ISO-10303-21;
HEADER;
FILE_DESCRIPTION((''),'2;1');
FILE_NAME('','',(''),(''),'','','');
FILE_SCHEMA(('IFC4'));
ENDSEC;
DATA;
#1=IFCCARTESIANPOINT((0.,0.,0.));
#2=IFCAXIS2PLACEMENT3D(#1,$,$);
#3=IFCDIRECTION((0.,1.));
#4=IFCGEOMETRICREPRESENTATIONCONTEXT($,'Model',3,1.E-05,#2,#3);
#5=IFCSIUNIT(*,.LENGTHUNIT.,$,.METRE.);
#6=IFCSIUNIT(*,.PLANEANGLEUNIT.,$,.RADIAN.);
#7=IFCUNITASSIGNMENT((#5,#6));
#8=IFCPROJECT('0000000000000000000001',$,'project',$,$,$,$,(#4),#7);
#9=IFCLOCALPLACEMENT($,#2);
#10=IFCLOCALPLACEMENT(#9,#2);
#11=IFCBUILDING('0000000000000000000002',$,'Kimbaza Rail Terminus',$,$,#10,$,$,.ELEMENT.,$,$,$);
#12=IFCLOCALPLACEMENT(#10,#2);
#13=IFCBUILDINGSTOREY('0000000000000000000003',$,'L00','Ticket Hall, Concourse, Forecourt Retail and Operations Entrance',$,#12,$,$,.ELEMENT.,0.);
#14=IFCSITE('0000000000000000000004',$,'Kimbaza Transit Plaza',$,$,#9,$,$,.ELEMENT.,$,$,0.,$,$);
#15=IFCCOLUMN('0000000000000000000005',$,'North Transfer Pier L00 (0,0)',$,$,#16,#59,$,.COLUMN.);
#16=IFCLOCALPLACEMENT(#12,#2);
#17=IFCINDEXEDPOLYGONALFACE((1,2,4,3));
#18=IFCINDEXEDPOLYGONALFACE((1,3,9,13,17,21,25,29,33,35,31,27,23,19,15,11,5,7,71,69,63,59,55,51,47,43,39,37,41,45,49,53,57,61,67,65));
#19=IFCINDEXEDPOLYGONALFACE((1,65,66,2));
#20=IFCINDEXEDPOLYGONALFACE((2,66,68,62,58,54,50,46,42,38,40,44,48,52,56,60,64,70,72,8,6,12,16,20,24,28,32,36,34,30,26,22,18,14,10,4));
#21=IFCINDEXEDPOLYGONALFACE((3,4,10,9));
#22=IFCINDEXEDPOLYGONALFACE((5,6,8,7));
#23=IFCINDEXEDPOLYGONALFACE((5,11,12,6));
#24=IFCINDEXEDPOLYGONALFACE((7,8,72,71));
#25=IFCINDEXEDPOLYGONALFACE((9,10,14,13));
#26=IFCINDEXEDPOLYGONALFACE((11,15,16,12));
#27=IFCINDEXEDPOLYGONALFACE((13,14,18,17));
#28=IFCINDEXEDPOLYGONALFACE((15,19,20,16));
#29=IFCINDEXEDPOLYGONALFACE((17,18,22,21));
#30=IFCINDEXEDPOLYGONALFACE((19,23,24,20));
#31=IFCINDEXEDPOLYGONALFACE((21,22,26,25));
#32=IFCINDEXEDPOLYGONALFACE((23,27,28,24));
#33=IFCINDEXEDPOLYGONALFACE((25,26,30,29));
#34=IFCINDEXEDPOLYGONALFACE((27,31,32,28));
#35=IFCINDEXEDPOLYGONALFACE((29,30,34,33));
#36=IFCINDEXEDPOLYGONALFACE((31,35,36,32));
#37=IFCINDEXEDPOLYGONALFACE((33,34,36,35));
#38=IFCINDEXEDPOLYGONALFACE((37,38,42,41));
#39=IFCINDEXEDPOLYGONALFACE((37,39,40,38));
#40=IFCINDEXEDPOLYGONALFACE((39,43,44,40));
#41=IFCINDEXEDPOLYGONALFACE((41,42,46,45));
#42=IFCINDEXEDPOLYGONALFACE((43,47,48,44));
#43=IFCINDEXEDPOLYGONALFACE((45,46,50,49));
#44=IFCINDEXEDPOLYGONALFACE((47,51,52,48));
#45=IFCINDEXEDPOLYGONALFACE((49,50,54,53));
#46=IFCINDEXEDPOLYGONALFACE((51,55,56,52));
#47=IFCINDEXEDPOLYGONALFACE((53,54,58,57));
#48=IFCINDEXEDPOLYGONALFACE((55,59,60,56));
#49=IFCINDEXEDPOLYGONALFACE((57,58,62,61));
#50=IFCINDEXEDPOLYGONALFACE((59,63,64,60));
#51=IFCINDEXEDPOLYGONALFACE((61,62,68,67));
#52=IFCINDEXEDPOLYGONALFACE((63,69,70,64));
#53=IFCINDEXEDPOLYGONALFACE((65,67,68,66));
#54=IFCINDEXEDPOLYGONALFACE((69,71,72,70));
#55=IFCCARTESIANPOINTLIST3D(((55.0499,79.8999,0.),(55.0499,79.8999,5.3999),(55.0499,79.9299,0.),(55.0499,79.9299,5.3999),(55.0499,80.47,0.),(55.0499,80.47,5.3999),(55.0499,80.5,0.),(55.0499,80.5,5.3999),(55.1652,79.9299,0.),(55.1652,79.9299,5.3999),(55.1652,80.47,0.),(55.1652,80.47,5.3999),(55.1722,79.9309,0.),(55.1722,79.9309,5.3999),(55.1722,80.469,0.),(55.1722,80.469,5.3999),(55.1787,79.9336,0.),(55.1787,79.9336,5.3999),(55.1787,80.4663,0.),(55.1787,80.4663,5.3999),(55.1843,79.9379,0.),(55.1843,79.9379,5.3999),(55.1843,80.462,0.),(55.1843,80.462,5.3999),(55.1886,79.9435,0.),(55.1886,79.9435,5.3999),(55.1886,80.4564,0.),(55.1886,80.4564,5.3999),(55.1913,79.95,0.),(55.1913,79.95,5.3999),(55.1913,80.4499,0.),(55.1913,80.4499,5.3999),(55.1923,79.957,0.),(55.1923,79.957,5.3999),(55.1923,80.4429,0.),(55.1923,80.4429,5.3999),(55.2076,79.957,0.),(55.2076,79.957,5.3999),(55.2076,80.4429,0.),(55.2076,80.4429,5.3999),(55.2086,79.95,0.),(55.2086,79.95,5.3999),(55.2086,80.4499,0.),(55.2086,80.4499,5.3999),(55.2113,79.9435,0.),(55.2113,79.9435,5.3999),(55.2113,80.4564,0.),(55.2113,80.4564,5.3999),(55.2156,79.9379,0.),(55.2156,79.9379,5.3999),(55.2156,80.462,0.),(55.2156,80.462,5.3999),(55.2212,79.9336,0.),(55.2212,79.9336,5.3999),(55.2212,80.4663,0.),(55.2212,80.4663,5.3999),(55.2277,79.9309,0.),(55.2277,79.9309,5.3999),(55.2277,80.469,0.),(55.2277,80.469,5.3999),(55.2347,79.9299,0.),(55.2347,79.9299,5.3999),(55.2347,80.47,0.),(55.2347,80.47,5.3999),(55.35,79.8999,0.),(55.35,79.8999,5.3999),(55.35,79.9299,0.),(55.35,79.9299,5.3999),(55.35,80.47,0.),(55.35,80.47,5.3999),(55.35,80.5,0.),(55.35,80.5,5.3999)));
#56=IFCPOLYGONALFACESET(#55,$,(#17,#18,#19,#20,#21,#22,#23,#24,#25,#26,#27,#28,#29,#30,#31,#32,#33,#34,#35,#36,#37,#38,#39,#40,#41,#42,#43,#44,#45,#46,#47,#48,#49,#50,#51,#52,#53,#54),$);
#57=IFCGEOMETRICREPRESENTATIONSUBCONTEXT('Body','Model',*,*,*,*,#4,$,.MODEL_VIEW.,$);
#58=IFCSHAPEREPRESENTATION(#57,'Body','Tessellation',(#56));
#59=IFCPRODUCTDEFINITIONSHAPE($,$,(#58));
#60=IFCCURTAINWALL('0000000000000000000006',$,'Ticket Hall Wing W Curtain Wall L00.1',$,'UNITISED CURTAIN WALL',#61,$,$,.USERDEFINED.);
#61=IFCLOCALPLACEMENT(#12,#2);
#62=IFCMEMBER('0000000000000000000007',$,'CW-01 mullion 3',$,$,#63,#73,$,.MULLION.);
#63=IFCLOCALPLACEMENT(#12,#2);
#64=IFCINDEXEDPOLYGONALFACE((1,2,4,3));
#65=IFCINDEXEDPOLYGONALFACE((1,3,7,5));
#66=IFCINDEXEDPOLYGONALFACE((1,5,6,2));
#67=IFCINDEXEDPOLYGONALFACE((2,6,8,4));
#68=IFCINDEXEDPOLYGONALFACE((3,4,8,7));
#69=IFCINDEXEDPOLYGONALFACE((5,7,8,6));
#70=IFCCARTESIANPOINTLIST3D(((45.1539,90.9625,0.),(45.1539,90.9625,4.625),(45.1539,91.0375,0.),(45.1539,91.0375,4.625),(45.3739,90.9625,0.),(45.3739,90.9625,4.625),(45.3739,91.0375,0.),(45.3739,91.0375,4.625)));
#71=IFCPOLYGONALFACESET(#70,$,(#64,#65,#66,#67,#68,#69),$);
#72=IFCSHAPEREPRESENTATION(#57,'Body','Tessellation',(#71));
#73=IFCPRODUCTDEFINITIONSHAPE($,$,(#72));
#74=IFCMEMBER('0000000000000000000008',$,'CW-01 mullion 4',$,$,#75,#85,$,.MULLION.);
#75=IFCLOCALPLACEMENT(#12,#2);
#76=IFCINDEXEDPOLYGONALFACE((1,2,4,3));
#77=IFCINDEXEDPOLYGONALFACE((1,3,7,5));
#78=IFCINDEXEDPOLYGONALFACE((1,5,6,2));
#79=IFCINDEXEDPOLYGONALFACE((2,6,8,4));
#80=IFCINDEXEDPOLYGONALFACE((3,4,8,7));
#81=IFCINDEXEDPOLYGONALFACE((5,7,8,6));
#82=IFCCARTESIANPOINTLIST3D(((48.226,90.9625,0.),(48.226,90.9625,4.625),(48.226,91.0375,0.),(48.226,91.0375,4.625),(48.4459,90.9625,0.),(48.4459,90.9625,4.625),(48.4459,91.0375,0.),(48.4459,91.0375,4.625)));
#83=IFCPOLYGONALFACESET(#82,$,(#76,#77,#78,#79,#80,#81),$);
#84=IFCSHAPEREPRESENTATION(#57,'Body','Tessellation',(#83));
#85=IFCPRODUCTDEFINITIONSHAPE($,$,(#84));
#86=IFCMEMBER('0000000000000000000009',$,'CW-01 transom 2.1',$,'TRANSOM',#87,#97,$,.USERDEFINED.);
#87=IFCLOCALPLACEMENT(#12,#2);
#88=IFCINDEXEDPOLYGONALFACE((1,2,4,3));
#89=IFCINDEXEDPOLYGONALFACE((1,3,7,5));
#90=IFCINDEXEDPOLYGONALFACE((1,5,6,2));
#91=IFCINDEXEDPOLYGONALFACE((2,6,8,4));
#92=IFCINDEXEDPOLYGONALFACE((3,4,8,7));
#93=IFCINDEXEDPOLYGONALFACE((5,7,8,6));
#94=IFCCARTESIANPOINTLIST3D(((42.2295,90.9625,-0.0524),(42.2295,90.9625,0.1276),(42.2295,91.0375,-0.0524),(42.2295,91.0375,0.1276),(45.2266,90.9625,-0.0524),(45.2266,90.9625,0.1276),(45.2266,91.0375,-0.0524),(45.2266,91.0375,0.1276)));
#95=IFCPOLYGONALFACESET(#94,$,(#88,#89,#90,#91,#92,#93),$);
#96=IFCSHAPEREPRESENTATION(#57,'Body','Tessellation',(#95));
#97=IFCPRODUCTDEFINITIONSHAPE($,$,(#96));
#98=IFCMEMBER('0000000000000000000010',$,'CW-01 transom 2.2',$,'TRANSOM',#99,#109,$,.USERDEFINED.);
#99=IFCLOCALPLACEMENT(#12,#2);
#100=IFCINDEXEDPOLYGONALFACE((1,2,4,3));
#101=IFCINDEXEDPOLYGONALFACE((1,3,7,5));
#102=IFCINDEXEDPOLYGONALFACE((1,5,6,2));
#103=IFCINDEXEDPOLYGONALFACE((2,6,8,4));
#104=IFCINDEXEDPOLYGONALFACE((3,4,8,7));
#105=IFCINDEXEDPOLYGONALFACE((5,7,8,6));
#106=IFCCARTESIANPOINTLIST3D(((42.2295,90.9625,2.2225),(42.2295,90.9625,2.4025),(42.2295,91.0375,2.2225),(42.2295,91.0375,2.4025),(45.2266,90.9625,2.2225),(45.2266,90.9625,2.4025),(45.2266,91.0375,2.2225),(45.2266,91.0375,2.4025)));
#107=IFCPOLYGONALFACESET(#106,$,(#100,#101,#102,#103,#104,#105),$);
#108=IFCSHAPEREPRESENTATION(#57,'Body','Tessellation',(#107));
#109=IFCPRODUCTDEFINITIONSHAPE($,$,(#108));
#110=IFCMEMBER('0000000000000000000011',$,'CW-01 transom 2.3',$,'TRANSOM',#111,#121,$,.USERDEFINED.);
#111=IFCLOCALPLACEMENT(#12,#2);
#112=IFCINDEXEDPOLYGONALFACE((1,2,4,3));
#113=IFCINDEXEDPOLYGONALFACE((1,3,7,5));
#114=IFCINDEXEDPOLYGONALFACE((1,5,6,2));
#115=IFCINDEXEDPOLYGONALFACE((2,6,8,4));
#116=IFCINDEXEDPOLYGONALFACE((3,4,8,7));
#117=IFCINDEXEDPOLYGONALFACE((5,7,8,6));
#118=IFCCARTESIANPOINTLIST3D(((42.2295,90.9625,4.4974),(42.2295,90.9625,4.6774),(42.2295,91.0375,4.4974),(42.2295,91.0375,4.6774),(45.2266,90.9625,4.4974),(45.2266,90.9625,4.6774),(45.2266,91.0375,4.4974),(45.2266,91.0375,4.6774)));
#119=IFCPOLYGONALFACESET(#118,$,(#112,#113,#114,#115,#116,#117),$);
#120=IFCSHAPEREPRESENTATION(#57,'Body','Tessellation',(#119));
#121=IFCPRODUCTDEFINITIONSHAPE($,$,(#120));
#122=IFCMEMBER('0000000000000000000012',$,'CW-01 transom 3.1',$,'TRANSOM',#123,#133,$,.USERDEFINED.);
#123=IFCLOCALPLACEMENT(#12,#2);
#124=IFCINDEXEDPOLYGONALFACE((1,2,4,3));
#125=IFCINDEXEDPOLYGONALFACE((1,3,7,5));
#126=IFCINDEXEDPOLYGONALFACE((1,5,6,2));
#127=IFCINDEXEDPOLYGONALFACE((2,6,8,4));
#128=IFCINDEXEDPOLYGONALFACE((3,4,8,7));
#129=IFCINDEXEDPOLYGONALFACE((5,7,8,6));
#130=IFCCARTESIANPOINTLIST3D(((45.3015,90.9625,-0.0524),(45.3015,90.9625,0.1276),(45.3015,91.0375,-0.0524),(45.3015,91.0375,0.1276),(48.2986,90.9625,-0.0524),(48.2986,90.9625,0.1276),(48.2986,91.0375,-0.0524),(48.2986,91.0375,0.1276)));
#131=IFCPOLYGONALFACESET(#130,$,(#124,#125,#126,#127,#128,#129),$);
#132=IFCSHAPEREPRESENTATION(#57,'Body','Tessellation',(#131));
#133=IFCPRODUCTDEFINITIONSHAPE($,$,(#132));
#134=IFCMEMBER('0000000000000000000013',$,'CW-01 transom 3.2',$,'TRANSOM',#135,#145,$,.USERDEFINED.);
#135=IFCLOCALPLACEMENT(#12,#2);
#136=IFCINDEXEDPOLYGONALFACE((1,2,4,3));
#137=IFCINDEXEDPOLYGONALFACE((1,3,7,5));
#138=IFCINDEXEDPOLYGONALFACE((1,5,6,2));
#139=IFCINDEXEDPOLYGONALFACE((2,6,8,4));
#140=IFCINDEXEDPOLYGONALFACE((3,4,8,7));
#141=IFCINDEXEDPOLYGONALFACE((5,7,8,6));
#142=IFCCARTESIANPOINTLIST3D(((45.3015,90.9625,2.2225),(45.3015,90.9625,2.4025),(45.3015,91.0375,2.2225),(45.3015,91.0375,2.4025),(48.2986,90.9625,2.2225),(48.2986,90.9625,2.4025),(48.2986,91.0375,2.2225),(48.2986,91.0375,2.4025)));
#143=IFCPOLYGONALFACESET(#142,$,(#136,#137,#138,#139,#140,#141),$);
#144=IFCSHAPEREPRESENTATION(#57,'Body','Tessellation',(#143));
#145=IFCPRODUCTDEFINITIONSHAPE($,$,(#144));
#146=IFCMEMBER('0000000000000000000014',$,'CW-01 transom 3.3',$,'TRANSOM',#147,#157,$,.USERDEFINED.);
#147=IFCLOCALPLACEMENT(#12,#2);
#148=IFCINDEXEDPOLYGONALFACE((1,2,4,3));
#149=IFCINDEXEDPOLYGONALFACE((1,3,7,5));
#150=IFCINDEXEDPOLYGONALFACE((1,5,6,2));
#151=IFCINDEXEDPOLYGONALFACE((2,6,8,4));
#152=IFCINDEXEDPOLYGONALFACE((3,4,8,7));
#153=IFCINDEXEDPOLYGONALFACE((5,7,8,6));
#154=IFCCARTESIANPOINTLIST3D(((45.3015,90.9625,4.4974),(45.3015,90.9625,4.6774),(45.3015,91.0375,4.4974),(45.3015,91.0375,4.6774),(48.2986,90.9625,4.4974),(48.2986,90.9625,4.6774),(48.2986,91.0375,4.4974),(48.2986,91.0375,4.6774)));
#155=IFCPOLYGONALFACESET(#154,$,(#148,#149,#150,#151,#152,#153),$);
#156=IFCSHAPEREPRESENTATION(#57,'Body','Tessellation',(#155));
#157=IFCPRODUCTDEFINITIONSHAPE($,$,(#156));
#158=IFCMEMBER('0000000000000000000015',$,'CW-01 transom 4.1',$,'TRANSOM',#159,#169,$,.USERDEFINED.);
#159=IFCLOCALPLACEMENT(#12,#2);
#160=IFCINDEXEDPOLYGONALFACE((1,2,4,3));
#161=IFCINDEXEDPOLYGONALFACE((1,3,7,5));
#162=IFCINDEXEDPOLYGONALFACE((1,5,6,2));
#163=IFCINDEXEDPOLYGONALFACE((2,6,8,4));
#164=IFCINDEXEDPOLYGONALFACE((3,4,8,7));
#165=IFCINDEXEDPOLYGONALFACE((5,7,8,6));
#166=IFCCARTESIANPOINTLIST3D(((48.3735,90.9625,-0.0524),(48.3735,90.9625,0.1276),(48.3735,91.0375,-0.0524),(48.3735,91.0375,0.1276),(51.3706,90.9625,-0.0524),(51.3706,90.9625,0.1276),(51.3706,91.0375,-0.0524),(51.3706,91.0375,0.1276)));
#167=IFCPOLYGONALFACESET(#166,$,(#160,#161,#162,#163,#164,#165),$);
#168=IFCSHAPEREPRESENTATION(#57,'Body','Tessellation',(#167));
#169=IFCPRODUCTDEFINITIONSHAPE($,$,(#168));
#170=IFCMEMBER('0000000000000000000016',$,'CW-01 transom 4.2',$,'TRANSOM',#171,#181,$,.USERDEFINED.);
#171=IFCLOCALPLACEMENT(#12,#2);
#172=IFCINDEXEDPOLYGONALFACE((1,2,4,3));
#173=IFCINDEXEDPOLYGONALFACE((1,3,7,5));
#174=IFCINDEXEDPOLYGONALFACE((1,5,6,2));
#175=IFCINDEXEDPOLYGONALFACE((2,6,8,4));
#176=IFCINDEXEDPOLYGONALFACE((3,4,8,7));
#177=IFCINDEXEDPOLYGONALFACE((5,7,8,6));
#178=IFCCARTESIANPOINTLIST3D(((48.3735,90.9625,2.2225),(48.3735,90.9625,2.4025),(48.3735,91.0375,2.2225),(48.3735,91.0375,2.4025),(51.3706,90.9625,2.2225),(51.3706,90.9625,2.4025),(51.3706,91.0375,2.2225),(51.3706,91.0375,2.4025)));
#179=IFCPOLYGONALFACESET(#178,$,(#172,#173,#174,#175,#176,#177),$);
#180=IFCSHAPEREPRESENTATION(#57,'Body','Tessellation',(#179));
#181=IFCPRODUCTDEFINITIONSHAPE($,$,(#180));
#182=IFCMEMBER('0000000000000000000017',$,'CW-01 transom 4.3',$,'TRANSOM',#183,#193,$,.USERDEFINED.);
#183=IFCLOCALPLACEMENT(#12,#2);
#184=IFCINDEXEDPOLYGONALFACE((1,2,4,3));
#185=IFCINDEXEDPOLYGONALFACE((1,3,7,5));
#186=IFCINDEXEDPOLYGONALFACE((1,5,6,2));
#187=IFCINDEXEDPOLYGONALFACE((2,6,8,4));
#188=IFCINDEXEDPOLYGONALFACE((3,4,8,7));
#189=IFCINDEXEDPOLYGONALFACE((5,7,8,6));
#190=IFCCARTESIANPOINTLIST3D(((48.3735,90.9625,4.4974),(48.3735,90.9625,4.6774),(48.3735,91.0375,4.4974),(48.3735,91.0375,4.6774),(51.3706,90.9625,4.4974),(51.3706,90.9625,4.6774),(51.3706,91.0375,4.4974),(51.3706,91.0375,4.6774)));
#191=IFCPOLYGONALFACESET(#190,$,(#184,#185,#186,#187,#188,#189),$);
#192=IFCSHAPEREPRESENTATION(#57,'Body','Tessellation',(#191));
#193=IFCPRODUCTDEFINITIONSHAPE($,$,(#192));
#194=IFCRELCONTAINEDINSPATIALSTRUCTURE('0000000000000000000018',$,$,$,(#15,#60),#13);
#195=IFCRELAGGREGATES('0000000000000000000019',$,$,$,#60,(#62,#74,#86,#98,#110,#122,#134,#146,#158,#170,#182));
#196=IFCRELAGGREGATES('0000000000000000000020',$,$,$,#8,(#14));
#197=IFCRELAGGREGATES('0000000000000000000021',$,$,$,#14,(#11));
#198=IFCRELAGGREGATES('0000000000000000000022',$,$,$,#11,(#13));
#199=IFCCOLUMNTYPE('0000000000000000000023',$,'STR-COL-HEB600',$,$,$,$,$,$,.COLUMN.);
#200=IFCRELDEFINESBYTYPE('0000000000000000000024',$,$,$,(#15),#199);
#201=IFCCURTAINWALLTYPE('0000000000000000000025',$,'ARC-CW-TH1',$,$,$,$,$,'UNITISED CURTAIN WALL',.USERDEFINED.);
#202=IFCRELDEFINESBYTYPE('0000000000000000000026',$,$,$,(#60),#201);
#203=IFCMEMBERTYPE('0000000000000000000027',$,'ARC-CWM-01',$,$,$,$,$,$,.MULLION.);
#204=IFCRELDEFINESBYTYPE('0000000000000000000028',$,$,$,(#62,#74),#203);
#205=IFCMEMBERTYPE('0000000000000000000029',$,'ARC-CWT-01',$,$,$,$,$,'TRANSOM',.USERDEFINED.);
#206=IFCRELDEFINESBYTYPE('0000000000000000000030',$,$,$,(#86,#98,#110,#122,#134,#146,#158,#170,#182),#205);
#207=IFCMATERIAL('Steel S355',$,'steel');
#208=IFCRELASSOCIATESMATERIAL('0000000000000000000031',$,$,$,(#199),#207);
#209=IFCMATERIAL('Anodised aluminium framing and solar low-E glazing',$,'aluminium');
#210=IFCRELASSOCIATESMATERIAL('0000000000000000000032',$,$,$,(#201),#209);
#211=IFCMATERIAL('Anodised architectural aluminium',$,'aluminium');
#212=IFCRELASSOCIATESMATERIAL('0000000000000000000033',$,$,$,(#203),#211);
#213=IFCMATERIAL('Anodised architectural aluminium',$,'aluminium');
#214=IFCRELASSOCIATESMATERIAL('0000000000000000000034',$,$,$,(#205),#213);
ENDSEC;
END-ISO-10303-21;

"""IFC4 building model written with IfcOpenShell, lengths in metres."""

from ifc_helpers import new_model, si_unit, direction, frame, origin, origin_2d, place, context, subcontext, project, spatial, rectangle, i_section, extrude, material, material_profile, profile_set, type_object, element, aggregate, save


model = new_model("IFC4")

# Units and contexts
model_context = context("Model", 3, precision=1e-05, world=origin(), true_north=direction((0.0, 1.0)))
body_context = subcontext(model_context, "Body", "Model", "MODEL_VIEW")
ifc_project = project(units=[si_unit("LENGTHUNIT", "METRE"), si_unit("PLANEANGLEUNIT", "RADIAN")], contexts=[model_context])

# Site, building, storey
site_placement = place(None, origin())
site = spatial("IfcSite", under=ifc_project, at=site_placement, Name="Kimbaza Transit Plaza", CompositionType="ELEMENT", RefElevation=0.0)
building_placement = place(site_placement, origin())
building = spatial("IfcBuilding", under=site, at=building_placement, Name="Kimbaza Rail Terminus", CompositionType="ELEMENT")
storey_placement = place(building_placement, origin())
storey = spatial("IfcBuildingStorey", under=building, at=storey_placement, Name="L00", Description="Ticket Hall, Concourse, Forecourt Retail and Operations Entrance", CompositionType="ELEMENT", Elevation=0.0)

# Column
ifc_material_1 = material(Name="Steel S355", Category="steel")
ifc_material_profile_1 = material_profile(ifc_material_1, i_section(OverallWidth=0.3, OverallDepth=0.6001, WebThickness=0.0154, FlangeThickness=0.03, FilletRadius=0.0271, at=origin_2d()), Name="HEB 600")
ifc_profile_set_1 = profile_set([ifc_material_profile_1], Name="Steel S355")
column_type = type_object("IfcColumnType", Name="STR-COL-HEB600", PredefinedType="COLUMN", material=ifc_profile_set_1)
column_placement = place(storey_placement, frame((55.2, 80.2, 0.0), z_axis=(0.0, 0.0, 1.0), x_axis=(1.0, 0.0, 0.0)))
element("IfcColumn", 1, at=column_placement, inside=storey, type_object=column_type, Name="North Transfer Pier L00 (0,0)", PredefinedType="COLUMN", context=body_context, shape_type="SweptSolid", body=[
    extrude(i_section(OverallWidth=0.3, OverallDepth=0.6001, WebThickness=0.0154, FlangeThickness=0.03, FilletRadius=0.0271, at=origin_2d()), origin(), (0.0, 0.0, 1.0), 5.3999),
])

# Curtain wall, members
ifc_material_2 = material(Name="Anodised aluminium framing and solar low-E glazing", Category="aluminium")
curtain_wall_type = type_object("IfcCurtainWallType", Name="ARC-CW-TH1", ElementType="UNITISED CURTAIN WALL", PredefinedType="USERDEFINED", material=ifc_material_2)
curtain_wall_placement = place(storey_placement, origin())
curtain_wall = element("IfcCurtainWall", 2, at=curtain_wall_placement, inside=storey, type_object=curtain_wall_type, Name="Ticket Hall Wing W Curtain Wall L00.1", ObjectType="UNITISED CURTAIN WALL", PredefinedType="USERDEFINED")
ifc_material_3 = material(Name="Anodised architectural aluminium", Category="aluminium")
ifc_material_profile_2 = material_profile(ifc_material_3, rectangle(XDim=0.075, YDim=0.22, at=origin_2d()), Name="MULLION 75x220")
ifc_profile_set_2 = profile_set([ifc_material_profile_2], Name="Anodised architectural aluminium")
member_type_1 = type_object("IfcMemberType", Name="ARC-CWM-01", PredefinedType="MULLION", material=ifc_profile_set_2)
member_1_placement = place(storey_placement, frame((45.2639, 91.0, 0.0), z_axis=(0.0, 0.0, 1.0), x_axis=(0.0, 1.0, 0.0)))
member_1 = element("IfcMember", 3, at=member_1_placement, type_object=member_type_1, Name="CW-01 mullion 3", PredefinedType="MULLION", context=body_context, shape_type="SweptSolid", body=[
    extrude(rectangle(XDim=0.075, YDim=0.22, at=origin_2d()), origin(), (0.0, 0.0, 1.0), 4.625),
])
member_2_placement = place(storey_placement, frame((48.3359, 91.0, 0.0), z_axis=(0.0, 0.0, 1.0), x_axis=(0.0, 1.0, 0.0)))
member_2 = element("IfcMember", 4, at=member_2_placement, type_object=member_type_1, Name="CW-01 mullion 4", PredefinedType="MULLION", context=body_context, shape_type="SweptSolid", body=[
    extrude(rectangle(XDim=0.075, YDim=0.22, at=origin_2d()), origin(), (0.0, 0.0, 1.0), 4.625),
])
ifc_material_4 = material(Name="Anodised architectural aluminium", Category="aluminium")
ifc_material_profile_3 = material_profile(ifc_material_4, rectangle(XDim=0.075, YDim=0.1799, at=origin_2d()), Name="TRANSOM 75x180")
ifc_profile_set_3 = profile_set([ifc_material_profile_3], Name="Anodised architectural aluminium")
member_type_2 = type_object("IfcMemberType", Name="ARC-CWT-01", ElementType="TRANSOM", PredefinedType="USERDEFINED", material=ifc_profile_set_3)
member_3_placement = place(storey_placement, frame((42.2295, 91.0, 0.0376), z_axis=(1.0, 0.0, 0.0), x_axis=(0.0, 1.0, 0.0)))
member_3 = element("IfcMember", 5, at=member_3_placement, type_object=member_type_2, Name="CW-01 transom 2.1", ObjectType="TRANSOM", PredefinedType="USERDEFINED", context=body_context, shape_type="SweptSolid", body=[
    extrude(rectangle(XDim=0.075, YDim=0.1799, at=origin_2d()), origin(), (0.0, 0.0, 1.0), 2.9971),
])
member_4_placement = place(storey_placement, frame((42.2295, 91.0, 2.3125), z_axis=(1.0, 0.0, 0.0), x_axis=(0.0, 1.0, 0.0)))
member_4 = element("IfcMember", 6, at=member_4_placement, type_object=member_type_2, Name="CW-01 transom 2.2", ObjectType="TRANSOM", PredefinedType="USERDEFINED", context=body_context, shape_type="SweptSolid", body=[
    extrude(rectangle(XDim=0.075, YDim=0.1799, at=origin_2d()), origin(), (0.0, 0.0, 1.0), 2.9971),
])
member_5_placement = place(storey_placement, frame((42.2295, 91.0, 4.5874), z_axis=(1.0, 0.0, 0.0), x_axis=(0.0, 1.0, 0.0)))
member_5 = element("IfcMember", 7, at=member_5_placement, type_object=member_type_2, Name="CW-01 transom 2.3", ObjectType="TRANSOM", PredefinedType="USERDEFINED", context=body_context, shape_type="SweptSolid", body=[
    extrude(rectangle(XDim=0.075, YDim=0.1799, at=origin_2d()), origin(), (0.0, 0.0, 1.0), 2.9971),
])
member_6_placement = place(storey_placement, frame((45.3015, 91.0, 0.0376), z_axis=(1.0, 0.0, 0.0), x_axis=(0.0, 1.0, 0.0)))
member_6 = element("IfcMember", 8, at=member_6_placement, type_object=member_type_2, Name="CW-01 transom 3.1", ObjectType="TRANSOM", PredefinedType="USERDEFINED", context=body_context, shape_type="SweptSolid", body=[
    extrude(rectangle(XDim=0.075, YDim=0.1799, at=origin_2d()), origin(), (0.0, 0.0, 1.0), 2.9971),
])
member_7_placement = place(storey_placement, frame((45.3015, 91.0, 2.3125), z_axis=(1.0, 0.0, 0.0), x_axis=(0.0, 1.0, 0.0)))
member_7 = element("IfcMember", 9, at=member_7_placement, type_object=member_type_2, Name="CW-01 transom 3.2", ObjectType="TRANSOM", PredefinedType="USERDEFINED", context=body_context, shape_type="SweptSolid", body=[
    extrude(rectangle(XDim=0.075, YDim=0.1799, at=origin_2d()), origin(), (0.0, 0.0, 1.0), 2.9971),
])
member_8_placement = place(storey_placement, frame((45.3015, 91.0, 4.5874), z_axis=(1.0, 0.0, 0.0), x_axis=(0.0, 1.0, 0.0)))
member_8 = element("IfcMember", 10, at=member_8_placement, type_object=member_type_2, Name="CW-01 transom 3.3", ObjectType="TRANSOM", PredefinedType="USERDEFINED", context=body_context, shape_type="SweptSolid", body=[
    extrude(rectangle(XDim=0.075, YDim=0.1799, at=origin_2d()), origin(), (0.0, 0.0, 1.0), 2.9971),
])
member_9_placement = place(storey_placement, frame((48.3735, 91.0, 0.0376), z_axis=(1.0, 0.0, 0.0), x_axis=(0.0, 1.0, 0.0)))
member_9 = element("IfcMember", 11, at=member_9_placement, type_object=member_type_2, Name="CW-01 transom 4.1", ObjectType="TRANSOM", PredefinedType="USERDEFINED", context=body_context, shape_type="SweptSolid", body=[
    extrude(rectangle(XDim=0.075, YDim=0.1799, at=origin_2d()), origin(), (0.0, 0.0, 1.0), 2.9971),
])
member_10_placement = place(storey_placement, frame((48.3735, 91.0, 2.3125), z_axis=(1.0, 0.0, 0.0), x_axis=(0.0, 1.0, 0.0)))
member_10 = element("IfcMember", 12, at=member_10_placement, type_object=member_type_2, Name="CW-01 transom 4.2", ObjectType="TRANSOM", PredefinedType="USERDEFINED", context=body_context, shape_type="SweptSolid", body=[
    extrude(rectangle(XDim=0.075, YDim=0.1799, at=origin_2d()), origin(), (0.0, 0.0, 1.0), 2.9971),
])
member_11_placement = place(storey_placement, frame((48.3735, 91.0, 4.5874), z_axis=(1.0, 0.0, 0.0), x_axis=(0.0, 1.0, 0.0)))
member_11 = element("IfcMember", 13, at=member_11_placement, type_object=member_type_2, Name="CW-01 transom 4.3", ObjectType="TRANSOM", PredefinedType="USERDEFINED", context=body_context, shape_type="SweptSolid", body=[
    extrude(rectangle(XDim=0.075, YDim=0.1799, at=origin_2d()), origin(), (0.0, 0.0, 1.0), 2.9971),
])

aggregate(curtain_wall, [member_1, member_2, member_3, member_4, member_5, member_6, member_7, member_8, member_9, member_10, member_11])

save(model, "model.ifc")
